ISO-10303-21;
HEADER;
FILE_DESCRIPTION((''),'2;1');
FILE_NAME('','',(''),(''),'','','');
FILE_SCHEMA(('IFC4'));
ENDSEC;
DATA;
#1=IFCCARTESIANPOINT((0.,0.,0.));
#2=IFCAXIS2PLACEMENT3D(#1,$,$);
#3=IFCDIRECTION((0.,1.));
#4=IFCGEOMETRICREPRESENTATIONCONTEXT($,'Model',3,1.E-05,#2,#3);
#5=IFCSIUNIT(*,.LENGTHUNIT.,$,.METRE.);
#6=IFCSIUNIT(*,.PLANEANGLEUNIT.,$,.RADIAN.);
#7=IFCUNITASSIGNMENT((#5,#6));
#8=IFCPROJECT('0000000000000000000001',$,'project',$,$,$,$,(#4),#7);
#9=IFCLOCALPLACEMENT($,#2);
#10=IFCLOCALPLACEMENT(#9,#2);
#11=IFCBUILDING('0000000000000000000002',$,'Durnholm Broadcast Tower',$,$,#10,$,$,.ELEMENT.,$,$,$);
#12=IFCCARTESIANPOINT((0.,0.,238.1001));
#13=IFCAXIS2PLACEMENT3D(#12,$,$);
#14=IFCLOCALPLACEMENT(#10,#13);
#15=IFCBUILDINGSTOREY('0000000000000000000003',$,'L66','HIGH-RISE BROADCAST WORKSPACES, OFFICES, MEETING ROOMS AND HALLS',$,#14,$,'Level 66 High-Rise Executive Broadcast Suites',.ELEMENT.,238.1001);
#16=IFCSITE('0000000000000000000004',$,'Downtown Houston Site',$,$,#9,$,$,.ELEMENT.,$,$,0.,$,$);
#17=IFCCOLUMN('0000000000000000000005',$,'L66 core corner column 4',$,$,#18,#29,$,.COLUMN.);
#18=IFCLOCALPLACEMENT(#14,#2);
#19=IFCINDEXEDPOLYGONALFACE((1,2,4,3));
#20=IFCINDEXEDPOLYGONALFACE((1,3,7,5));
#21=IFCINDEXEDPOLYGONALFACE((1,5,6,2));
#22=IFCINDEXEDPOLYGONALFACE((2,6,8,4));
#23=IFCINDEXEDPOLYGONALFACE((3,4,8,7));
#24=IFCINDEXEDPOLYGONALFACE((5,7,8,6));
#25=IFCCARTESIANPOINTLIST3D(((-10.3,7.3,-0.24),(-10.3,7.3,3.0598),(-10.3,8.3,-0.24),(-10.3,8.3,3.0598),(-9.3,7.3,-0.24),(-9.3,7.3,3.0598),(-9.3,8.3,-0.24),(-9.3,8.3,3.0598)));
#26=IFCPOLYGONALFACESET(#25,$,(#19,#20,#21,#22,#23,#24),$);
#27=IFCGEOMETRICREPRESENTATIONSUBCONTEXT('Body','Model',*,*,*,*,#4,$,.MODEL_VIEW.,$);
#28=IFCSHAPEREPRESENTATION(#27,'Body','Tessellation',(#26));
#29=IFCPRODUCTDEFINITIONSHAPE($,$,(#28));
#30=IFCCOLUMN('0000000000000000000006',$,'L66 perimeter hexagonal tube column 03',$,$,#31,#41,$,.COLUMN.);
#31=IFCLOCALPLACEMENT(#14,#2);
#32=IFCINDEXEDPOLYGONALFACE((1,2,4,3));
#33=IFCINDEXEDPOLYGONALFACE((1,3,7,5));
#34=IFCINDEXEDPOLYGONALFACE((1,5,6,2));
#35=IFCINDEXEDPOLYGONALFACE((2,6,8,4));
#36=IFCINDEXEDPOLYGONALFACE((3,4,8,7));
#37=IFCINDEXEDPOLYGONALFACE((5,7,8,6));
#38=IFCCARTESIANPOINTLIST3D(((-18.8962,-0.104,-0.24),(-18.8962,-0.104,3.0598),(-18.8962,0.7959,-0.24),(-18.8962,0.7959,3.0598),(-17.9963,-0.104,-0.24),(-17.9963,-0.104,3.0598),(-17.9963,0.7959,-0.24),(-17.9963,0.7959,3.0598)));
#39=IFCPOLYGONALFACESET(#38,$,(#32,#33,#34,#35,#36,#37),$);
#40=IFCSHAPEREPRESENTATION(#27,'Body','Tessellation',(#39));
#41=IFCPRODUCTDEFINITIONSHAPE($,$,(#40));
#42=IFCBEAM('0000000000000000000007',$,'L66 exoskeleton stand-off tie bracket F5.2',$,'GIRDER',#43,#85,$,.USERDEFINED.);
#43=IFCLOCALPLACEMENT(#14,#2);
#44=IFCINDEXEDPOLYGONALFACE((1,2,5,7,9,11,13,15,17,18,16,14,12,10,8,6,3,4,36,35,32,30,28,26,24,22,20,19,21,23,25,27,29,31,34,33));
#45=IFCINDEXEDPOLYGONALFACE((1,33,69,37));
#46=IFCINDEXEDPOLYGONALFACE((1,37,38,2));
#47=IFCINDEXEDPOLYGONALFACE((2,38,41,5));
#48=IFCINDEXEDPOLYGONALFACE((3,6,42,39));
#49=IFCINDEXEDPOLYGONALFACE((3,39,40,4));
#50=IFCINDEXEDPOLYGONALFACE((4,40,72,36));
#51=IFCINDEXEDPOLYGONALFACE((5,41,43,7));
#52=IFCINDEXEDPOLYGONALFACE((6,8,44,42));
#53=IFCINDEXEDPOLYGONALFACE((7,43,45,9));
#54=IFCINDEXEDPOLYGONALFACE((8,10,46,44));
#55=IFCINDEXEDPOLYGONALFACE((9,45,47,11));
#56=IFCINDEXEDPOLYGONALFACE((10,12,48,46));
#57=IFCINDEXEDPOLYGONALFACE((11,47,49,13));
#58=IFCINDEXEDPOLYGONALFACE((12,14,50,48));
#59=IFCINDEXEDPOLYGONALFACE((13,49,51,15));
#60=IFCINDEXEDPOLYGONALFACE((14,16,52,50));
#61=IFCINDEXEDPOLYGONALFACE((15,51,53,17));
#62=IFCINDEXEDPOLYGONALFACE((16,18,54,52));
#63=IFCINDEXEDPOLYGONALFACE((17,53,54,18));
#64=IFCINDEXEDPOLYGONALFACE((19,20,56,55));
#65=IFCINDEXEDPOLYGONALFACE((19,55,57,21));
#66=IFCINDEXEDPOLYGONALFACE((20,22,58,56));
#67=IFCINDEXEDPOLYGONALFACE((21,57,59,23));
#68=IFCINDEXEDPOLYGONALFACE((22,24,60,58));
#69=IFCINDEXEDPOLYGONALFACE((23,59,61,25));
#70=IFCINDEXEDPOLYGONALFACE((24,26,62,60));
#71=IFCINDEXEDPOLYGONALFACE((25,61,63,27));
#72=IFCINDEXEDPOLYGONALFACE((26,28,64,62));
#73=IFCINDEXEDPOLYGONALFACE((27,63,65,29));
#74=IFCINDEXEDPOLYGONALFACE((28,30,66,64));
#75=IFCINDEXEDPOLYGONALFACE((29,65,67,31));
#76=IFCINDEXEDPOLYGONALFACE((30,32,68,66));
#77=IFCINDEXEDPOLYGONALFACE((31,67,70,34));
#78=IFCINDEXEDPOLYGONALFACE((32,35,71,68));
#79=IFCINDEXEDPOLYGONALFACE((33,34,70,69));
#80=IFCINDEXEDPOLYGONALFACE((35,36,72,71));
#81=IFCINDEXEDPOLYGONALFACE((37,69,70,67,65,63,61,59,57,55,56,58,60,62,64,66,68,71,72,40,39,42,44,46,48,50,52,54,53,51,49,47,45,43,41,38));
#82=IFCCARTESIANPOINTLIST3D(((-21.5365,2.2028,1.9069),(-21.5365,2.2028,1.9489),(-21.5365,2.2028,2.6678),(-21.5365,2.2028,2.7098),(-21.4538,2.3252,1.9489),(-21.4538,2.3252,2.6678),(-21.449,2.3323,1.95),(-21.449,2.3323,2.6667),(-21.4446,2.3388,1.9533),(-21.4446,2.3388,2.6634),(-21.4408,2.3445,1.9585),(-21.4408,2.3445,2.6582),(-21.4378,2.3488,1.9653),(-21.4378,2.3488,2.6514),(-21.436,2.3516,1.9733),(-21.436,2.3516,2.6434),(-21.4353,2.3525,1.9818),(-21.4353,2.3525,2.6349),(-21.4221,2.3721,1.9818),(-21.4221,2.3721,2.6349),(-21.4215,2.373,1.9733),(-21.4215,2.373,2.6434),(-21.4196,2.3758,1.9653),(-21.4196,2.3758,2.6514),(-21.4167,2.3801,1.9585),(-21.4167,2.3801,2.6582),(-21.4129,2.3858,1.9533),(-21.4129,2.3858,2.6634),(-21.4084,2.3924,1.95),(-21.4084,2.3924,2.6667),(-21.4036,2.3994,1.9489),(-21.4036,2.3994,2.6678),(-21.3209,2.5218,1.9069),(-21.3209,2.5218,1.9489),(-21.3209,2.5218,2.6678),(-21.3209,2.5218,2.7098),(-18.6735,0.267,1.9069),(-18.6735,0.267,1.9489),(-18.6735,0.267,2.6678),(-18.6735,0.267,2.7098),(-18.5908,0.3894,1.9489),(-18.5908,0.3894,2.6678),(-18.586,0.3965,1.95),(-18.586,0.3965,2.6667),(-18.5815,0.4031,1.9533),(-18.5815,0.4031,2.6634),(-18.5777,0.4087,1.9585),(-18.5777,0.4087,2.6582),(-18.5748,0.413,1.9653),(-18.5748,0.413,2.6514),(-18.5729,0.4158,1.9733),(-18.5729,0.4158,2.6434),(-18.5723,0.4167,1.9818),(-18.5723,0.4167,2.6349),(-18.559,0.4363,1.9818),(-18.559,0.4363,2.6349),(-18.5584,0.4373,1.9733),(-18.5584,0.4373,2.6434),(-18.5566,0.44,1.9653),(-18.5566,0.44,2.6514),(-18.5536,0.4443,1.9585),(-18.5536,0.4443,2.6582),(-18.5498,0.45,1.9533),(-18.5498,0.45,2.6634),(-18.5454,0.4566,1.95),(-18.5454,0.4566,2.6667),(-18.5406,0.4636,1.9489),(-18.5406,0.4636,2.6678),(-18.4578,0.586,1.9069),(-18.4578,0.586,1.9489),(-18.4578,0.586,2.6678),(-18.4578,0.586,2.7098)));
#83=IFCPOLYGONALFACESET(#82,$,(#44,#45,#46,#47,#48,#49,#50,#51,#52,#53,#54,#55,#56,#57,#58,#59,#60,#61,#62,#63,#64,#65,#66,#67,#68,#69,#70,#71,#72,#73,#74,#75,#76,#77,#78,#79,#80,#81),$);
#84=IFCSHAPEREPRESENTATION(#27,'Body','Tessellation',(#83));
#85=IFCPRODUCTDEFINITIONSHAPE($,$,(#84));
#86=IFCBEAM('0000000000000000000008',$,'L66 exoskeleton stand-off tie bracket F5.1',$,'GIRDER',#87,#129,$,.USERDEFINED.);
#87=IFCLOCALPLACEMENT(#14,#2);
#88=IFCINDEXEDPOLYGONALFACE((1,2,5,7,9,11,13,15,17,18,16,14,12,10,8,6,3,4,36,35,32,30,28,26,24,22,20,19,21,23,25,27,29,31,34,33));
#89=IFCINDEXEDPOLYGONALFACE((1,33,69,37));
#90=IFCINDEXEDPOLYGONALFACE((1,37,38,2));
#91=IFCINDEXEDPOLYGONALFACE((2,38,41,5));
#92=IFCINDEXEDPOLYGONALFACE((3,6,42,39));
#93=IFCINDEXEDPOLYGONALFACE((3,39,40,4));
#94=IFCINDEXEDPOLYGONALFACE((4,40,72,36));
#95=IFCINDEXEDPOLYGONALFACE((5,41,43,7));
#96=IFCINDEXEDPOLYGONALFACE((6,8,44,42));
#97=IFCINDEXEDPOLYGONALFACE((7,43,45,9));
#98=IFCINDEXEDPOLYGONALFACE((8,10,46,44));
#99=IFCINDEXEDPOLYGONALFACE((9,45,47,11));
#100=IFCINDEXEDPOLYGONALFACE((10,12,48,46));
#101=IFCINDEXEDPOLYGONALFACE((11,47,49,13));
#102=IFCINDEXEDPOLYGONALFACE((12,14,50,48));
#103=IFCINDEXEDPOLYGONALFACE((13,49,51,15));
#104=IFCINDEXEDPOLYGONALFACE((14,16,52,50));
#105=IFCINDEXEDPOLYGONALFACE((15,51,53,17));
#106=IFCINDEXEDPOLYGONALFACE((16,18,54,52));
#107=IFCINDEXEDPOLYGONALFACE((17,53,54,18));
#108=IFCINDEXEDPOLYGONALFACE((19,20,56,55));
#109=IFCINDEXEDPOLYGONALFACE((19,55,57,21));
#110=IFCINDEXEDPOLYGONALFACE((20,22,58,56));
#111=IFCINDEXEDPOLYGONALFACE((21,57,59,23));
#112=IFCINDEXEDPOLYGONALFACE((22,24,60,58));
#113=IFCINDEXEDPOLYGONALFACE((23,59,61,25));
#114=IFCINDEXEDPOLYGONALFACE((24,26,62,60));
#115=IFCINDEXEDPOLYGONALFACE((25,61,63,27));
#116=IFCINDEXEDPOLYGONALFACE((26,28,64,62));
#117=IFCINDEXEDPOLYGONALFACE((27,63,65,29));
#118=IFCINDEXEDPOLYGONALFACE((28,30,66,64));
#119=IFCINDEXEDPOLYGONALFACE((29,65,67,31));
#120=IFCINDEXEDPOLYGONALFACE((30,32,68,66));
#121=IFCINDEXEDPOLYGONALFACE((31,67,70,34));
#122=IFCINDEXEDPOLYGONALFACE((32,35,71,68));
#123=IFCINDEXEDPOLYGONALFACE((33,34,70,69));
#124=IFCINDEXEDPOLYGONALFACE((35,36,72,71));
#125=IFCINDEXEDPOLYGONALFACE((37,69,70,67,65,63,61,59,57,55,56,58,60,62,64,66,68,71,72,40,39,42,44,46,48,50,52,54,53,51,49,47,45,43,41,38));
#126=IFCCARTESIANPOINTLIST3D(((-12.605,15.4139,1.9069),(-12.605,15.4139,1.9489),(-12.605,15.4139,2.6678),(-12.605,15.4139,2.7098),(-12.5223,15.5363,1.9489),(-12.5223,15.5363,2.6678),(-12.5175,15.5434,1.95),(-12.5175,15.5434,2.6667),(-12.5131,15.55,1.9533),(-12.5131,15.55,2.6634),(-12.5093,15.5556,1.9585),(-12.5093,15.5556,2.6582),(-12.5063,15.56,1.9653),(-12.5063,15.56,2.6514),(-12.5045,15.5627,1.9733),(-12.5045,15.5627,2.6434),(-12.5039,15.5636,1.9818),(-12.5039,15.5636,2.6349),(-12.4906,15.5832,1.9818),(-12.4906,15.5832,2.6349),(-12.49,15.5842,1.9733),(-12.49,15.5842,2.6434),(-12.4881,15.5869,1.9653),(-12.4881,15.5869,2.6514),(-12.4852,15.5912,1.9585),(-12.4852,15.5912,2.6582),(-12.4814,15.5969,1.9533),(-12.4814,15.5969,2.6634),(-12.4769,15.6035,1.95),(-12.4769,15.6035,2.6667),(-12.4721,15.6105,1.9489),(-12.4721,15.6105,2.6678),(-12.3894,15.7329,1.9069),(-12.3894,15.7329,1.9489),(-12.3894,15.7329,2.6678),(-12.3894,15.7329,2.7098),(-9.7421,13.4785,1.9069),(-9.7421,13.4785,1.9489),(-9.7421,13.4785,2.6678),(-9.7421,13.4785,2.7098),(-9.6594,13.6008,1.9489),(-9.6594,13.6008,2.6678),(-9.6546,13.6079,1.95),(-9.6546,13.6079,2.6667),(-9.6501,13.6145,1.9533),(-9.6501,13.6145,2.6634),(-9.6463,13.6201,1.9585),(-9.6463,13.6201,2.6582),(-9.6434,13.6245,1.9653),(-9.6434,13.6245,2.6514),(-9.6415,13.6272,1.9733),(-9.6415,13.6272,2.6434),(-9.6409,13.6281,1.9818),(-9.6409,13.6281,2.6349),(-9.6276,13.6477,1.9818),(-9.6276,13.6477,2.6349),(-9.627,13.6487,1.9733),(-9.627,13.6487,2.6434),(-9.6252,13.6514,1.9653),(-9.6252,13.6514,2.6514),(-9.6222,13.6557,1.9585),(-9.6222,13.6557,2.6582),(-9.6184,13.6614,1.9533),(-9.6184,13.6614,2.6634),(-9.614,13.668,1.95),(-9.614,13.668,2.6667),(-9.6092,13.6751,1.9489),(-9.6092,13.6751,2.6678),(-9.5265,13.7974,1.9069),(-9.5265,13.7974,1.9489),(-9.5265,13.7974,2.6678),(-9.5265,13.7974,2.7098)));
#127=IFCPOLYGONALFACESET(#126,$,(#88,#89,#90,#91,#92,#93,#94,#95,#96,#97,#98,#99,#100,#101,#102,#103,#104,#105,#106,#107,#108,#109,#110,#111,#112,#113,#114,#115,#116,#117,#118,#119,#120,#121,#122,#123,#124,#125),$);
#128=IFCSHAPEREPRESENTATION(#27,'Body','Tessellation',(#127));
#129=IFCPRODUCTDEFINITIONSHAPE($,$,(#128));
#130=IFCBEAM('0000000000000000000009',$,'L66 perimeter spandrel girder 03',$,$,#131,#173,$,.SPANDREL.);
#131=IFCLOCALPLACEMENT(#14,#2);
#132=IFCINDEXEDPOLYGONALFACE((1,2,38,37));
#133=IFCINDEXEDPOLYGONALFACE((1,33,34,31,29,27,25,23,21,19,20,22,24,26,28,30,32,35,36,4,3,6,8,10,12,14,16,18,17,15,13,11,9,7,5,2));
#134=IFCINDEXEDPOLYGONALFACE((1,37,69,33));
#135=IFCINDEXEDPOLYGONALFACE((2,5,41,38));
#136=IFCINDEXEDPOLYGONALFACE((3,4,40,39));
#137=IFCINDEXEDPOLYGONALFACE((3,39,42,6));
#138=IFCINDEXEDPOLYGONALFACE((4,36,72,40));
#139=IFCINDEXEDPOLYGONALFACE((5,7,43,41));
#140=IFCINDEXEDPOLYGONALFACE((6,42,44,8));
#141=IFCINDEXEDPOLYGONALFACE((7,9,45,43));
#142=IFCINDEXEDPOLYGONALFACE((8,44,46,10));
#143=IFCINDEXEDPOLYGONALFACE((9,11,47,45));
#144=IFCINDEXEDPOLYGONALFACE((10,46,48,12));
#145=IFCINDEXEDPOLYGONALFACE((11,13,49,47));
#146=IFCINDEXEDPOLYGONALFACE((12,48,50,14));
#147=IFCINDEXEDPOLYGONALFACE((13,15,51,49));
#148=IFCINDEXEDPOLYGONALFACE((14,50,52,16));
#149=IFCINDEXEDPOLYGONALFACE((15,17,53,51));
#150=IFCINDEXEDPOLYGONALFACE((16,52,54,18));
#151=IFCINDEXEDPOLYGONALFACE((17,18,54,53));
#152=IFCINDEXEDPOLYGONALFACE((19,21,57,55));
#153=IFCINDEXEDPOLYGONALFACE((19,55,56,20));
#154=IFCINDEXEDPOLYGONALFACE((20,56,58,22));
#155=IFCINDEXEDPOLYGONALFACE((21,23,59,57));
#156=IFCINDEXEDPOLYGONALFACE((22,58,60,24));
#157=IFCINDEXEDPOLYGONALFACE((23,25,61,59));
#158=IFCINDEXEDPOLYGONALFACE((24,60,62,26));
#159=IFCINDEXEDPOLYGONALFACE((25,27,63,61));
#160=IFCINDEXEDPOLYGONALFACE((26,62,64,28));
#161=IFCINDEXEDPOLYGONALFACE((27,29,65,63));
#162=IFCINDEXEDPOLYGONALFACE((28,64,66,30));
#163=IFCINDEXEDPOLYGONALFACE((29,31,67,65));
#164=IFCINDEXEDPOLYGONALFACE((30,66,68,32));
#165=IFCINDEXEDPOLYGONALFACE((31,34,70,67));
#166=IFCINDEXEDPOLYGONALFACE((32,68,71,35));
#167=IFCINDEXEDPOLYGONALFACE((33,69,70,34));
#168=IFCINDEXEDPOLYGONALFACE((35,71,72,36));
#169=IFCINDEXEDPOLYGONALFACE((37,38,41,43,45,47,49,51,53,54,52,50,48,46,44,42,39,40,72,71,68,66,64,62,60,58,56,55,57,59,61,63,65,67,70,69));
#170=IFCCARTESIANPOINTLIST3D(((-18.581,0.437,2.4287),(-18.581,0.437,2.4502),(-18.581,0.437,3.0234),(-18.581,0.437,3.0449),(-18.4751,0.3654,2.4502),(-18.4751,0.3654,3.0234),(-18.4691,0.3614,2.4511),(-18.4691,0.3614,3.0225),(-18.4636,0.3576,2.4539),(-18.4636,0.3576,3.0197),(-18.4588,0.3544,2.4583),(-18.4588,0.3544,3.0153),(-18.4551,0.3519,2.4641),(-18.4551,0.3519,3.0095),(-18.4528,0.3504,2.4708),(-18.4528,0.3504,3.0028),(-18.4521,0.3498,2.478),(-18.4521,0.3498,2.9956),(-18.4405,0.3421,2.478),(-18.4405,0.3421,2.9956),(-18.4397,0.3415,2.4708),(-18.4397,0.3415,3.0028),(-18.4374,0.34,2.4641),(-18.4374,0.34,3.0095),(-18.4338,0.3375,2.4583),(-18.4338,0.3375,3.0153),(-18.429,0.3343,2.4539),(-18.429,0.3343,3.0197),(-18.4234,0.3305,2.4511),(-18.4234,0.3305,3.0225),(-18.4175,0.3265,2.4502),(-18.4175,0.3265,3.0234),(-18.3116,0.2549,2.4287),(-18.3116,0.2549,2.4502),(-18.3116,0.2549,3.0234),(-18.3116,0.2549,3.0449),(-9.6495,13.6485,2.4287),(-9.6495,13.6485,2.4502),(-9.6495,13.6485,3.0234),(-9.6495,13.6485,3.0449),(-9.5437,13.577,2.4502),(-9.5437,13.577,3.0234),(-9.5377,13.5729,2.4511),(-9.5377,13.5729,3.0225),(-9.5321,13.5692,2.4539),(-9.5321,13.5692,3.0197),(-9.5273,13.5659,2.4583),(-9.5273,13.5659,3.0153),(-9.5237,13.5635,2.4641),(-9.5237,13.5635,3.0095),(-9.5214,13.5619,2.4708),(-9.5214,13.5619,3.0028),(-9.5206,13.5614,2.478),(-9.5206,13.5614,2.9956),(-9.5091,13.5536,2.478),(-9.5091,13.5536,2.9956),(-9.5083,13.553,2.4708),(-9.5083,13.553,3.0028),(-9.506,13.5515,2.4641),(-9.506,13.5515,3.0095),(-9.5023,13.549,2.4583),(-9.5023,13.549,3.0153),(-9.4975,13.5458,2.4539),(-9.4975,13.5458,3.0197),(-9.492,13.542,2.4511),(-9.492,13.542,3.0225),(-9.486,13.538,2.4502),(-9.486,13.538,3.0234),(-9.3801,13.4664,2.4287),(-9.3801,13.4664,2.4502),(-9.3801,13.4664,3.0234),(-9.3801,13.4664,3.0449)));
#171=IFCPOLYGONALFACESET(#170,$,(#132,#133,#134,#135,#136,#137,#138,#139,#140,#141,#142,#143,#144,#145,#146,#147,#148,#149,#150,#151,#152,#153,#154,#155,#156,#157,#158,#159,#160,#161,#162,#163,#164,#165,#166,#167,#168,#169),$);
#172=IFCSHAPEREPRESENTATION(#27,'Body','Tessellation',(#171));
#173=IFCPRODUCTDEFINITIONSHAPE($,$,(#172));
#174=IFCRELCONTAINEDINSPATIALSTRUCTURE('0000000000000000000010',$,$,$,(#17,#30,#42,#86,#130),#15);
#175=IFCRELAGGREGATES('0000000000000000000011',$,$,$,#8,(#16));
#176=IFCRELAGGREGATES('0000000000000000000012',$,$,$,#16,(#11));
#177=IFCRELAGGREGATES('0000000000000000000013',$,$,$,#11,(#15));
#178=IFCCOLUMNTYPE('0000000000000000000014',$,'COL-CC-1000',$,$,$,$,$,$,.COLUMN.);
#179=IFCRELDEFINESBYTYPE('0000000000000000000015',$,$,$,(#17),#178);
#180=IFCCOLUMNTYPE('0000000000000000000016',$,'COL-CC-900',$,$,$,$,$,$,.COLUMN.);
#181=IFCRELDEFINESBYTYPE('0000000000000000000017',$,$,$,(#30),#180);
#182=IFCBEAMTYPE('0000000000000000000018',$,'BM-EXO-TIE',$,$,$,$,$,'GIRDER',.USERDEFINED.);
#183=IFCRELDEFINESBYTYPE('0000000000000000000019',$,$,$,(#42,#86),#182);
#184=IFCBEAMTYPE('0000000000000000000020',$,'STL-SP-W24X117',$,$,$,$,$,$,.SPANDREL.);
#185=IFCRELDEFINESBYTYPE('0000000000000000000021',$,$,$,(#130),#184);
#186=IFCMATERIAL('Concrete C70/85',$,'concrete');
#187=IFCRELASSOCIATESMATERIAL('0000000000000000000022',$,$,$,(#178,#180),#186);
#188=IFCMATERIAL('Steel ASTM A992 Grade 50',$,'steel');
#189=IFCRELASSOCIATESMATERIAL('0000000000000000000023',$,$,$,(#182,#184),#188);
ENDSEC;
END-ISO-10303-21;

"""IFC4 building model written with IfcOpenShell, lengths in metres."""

from ifc_helpers import new_model, si_unit, direction, frame, origin, origin_2d, place, context, subcontext, project, spatial, rectangle, i_section, extrude, source, transform, mapped, material, material_profile, profile_set, type_object, type_shapes, element, save


model = new_model("IFC4")

# Units and contexts
model_context = context("Model", 3, precision=1e-05, world=origin(), true_north=direction((0.0, 1.0)))
body_context = subcontext(model_context, "Body", "Model", "MODEL_VIEW")
ifc_project = project(units=[si_unit("LENGTHUNIT", "METRE"), si_unit("PLANEANGLEUNIT", "RADIAN")], contexts=[model_context])

# Site, building, storey
site_placement = place(None, origin())
site = spatial("IfcSite", under=ifc_project, at=site_placement, Name="Downtown Houston Site", CompositionType="ELEMENT", RefElevation=0.0)
building_placement = place(site_placement, origin())
building = spatial("IfcBuilding", under=site, at=building_placement, Name="Durnholm Broadcast Tower", CompositionType="ELEMENT")
storey_placement = place(building_placement, frame((0.0, 0.0, 238.1001)))
storey = spatial("IfcBuildingStorey", under=building, at=storey_placement, Name="L66", Description="HIGH-RISE BROADCAST WORKSPACES, OFFICES, MEETING ROOMS AND HALLS", LongName="Level 66 High-Rise Executive Broadcast Suites", CompositionType="ELEMENT", Elevation=238.1001)

# Columns
ifc_material_1 = material(Name="Concrete C70/85", Category="concrete")
ifc_material_profile_1 = material_profile(ifc_material_1, rectangle(XDim=1.0, YDim=1.0, at=origin_2d()), Name="RC1000X1000")
ifc_profile_set_1 = profile_set([ifc_material_profile_1], Name="Concrete C70/85")
column_type_1 = type_object("IfcColumnType", Name="COL-CC-1000", PredefinedType="COLUMN", material=ifc_profile_set_1)
shared_shape_1 = source(origin(), body_context, "Body", "SweptSolid", [
    extrude(rectangle(XDim=1.0, YDim=1.0, at=origin_2d()), origin(), (0.0, 0.0, 1.0), 3.2998),
])
type_shapes(column_type_1, [shared_shape_1])
column_1_placement = place(storey_placement, frame((-9.8, 7.8, -0.24), z_axis=(0.0, 0.0, 1.0), x_axis=(1.0, 0.0, 0.0)))
element("IfcColumn", 1, at=column_1_placement, inside=storey, type_object=column_type_1, Name="L66 core corner column 4", PredefinedType="COLUMN", context=body_context, shape_type="MappedRepresentation", body=[
    mapped(shared_shape_1, transform((0.0, 0.0, 0.0), x_axis=(1.0, 0.0, 0.0), y_axis=(0.0, 1.0, 0.0), z_axis=(0.0, 0.0, 1.0), scale=1.0)),
])
ifc_material_profile_2 = material_profile(ifc_material_1, rectangle(XDim=0.8999, YDim=0.8999, at=origin_2d()), Name="RC900X900")
ifc_profile_set_2 = profile_set([ifc_material_profile_2], Name="Concrete C70/85")
column_type_2 = type_object("IfcColumnType", Name="COL-CC-900", PredefinedType="COLUMN", material=ifc_profile_set_2)
shared_shape_2 = source(origin(), body_context, "Body", "SweptSolid", [
    extrude(rectangle(XDim=0.8999, YDim=0.8999, at=origin_2d()), origin(), (0.0, 0.0, 1.0), 3.2998),
])
type_shapes(column_type_2, [shared_shape_2])
column_2_placement = place(storey_placement, frame((-18.4463, 0.3459, -0.24), z_axis=(0.0, 0.0, 1.0), x_axis=(1.0, 0.0, 0.0)))
element("IfcColumn", 2, at=column_2_placement, inside=storey, type_object=column_type_2, Name="L66 perimeter hexagonal tube column 03", PredefinedType="COLUMN", context=body_context, shape_type="MappedRepresentation", body=[
    mapped(shared_shape_2, transform((0.0, 0.0, 0.0), x_axis=(1.0, 0.0, 0.0), y_axis=(0.0, 1.0, 0.0), z_axis=(0.0, 0.0, 1.0), scale=1.0)),
])

# Beams
ifc_material_2 = material(Name="Steel ASTM A992 Grade 50", Category="steel")
ifc_material_profile_3 = material_profile(ifc_material_2, i_section(OverallWidth=0.385, OverallDepth=0.803, WebThickness=0.0237, FlangeThickness=0.042, FilletRadius=0.033, at=origin_2d()), Name="W30X261")
ifc_profile_set_3 = profile_set([ifc_material_profile_3], Name="Steel ASTM A992 Grade 50")
beam_type_1 = type_object("IfcBeamType", Name="BM-EXO-TIE", ElementType="GIRDER", PredefinedType="USERDEFINED", material=ifc_profile_set_3)
shared_shape_3 = source(origin(), body_context, "Body", "SweptSolid", [
    extrude(i_section(OverallWidth=0.385, OverallDepth=0.803, WebThickness=0.0237, FlangeThickness=0.042, FilletRadius=0.033, at=origin_2d()), origin(), (0.0, 0.0, 1.0), 3.4561),
])
beam_1_placement = place(storey_placement, frame((-18.5657, 0.4265, 2.3083), z_axis=(-0.828414, 0.560117, 0.0), x_axis=(-0.560117, -0.828414, 0.0)))
element("IfcBeam", 3, at=beam_1_placement, inside=storey, type_object=beam_type_1, Name="L66 exoskeleton stand-off tie bracket F5.2", ObjectType="GIRDER", PredefinedType="USERDEFINED", context=body_context, shape_type="MappedRepresentation", body=[
    mapped(shared_shape_3, transform((0.0, 0.0, 0.0), x_axis=(1.0, 0.0, 0.0), y_axis=(0.0, 1.0, 0.0), z_axis=(0.0, 0.0, 1.0), scale=1.0)),
])
shared_shape_4 = source(origin(), body_context, "Body", "SweptSolid", [
    extrude(i_section(OverallWidth=0.385, OverallDepth=0.803, WebThickness=0.0237, FlangeThickness=0.042, FilletRadius=0.033, at=origin_2d()), origin(), (0.0, 0.0, 1.0), 3.4558),
])
beam_2_placement = place(storey_placement, frame((-9.6343, 13.6379, 2.3083), z_axis=(-0.828446, 0.560068, 0.0), x_axis=(-0.560068, -0.828446, 0.0)))
element("IfcBeam", 4, at=beam_2_placement, inside=storey, type_object=beam_type_1, Name="L66 exoskeleton stand-off tie bracket F5.1", ObjectType="GIRDER", PredefinedType="USERDEFINED", context=body_context, shape_type="MappedRepresentation", body=[
    mapped(shared_shape_4, transform((0.0, 0.0, 0.0), x_axis=(1.0, 0.0, 0.0), y_axis=(0.0, 1.0, 0.0), z_axis=(0.0, 0.0, 1.0), scale=1.0)),
])
ifc_material_profile_4 = material_profile(ifc_material_2, i_section(OverallWidth=0.3252, OverallDepth=0.6162, WebThickness=0.0139, FlangeThickness=0.0215, FilletRadius=0.0278, at=origin_2d()), Name="W24X117")
ifc_profile_set_4 = profile_set([ifc_material_profile_4], Name="Steel ASTM A992 Grade 50")
beam_type_2 = type_object("IfcBeamType", Name="STL-SP-W24X117", PredefinedType="SPANDREL", material=ifc_profile_set_4)
shared_shape_5 = source(origin(), body_context, "Body", "SweptSolid", [
    extrude(i_section(OverallWidth=0.3252, OverallDepth=0.6162, WebThickness=0.0139, FlangeThickness=0.0215, FilletRadius=0.0278, at=origin_2d()), origin(), (0.0, 0.0, 1.0), 15.9473),
])
type_shapes(beam_type_2, [shared_shape_5])
beam_3_placement = place(storey_placement, frame((-18.4463, 0.3459, 2.7368), z_axis=(0.560062, 0.828451, 0.0), x_axis=(-0.828451, 0.560062, 0.0)))
element("IfcBeam", 5, at=beam_3_placement, inside=storey, type_object=beam_type_2, Name="L66 perimeter spandrel girder 03", PredefinedType="SPANDREL", context=body_context, shape_type="MappedRepresentation", body=[
    mapped(shared_shape_5, transform((0.0, 0.0, 0.0), x_axis=(1.0, 0.0, 0.0), y_axis=(0.0, 1.0, 0.0), z_axis=(0.0, 0.0, 1.0), scale=1.0)),
])

save(model, "model.ifc")
